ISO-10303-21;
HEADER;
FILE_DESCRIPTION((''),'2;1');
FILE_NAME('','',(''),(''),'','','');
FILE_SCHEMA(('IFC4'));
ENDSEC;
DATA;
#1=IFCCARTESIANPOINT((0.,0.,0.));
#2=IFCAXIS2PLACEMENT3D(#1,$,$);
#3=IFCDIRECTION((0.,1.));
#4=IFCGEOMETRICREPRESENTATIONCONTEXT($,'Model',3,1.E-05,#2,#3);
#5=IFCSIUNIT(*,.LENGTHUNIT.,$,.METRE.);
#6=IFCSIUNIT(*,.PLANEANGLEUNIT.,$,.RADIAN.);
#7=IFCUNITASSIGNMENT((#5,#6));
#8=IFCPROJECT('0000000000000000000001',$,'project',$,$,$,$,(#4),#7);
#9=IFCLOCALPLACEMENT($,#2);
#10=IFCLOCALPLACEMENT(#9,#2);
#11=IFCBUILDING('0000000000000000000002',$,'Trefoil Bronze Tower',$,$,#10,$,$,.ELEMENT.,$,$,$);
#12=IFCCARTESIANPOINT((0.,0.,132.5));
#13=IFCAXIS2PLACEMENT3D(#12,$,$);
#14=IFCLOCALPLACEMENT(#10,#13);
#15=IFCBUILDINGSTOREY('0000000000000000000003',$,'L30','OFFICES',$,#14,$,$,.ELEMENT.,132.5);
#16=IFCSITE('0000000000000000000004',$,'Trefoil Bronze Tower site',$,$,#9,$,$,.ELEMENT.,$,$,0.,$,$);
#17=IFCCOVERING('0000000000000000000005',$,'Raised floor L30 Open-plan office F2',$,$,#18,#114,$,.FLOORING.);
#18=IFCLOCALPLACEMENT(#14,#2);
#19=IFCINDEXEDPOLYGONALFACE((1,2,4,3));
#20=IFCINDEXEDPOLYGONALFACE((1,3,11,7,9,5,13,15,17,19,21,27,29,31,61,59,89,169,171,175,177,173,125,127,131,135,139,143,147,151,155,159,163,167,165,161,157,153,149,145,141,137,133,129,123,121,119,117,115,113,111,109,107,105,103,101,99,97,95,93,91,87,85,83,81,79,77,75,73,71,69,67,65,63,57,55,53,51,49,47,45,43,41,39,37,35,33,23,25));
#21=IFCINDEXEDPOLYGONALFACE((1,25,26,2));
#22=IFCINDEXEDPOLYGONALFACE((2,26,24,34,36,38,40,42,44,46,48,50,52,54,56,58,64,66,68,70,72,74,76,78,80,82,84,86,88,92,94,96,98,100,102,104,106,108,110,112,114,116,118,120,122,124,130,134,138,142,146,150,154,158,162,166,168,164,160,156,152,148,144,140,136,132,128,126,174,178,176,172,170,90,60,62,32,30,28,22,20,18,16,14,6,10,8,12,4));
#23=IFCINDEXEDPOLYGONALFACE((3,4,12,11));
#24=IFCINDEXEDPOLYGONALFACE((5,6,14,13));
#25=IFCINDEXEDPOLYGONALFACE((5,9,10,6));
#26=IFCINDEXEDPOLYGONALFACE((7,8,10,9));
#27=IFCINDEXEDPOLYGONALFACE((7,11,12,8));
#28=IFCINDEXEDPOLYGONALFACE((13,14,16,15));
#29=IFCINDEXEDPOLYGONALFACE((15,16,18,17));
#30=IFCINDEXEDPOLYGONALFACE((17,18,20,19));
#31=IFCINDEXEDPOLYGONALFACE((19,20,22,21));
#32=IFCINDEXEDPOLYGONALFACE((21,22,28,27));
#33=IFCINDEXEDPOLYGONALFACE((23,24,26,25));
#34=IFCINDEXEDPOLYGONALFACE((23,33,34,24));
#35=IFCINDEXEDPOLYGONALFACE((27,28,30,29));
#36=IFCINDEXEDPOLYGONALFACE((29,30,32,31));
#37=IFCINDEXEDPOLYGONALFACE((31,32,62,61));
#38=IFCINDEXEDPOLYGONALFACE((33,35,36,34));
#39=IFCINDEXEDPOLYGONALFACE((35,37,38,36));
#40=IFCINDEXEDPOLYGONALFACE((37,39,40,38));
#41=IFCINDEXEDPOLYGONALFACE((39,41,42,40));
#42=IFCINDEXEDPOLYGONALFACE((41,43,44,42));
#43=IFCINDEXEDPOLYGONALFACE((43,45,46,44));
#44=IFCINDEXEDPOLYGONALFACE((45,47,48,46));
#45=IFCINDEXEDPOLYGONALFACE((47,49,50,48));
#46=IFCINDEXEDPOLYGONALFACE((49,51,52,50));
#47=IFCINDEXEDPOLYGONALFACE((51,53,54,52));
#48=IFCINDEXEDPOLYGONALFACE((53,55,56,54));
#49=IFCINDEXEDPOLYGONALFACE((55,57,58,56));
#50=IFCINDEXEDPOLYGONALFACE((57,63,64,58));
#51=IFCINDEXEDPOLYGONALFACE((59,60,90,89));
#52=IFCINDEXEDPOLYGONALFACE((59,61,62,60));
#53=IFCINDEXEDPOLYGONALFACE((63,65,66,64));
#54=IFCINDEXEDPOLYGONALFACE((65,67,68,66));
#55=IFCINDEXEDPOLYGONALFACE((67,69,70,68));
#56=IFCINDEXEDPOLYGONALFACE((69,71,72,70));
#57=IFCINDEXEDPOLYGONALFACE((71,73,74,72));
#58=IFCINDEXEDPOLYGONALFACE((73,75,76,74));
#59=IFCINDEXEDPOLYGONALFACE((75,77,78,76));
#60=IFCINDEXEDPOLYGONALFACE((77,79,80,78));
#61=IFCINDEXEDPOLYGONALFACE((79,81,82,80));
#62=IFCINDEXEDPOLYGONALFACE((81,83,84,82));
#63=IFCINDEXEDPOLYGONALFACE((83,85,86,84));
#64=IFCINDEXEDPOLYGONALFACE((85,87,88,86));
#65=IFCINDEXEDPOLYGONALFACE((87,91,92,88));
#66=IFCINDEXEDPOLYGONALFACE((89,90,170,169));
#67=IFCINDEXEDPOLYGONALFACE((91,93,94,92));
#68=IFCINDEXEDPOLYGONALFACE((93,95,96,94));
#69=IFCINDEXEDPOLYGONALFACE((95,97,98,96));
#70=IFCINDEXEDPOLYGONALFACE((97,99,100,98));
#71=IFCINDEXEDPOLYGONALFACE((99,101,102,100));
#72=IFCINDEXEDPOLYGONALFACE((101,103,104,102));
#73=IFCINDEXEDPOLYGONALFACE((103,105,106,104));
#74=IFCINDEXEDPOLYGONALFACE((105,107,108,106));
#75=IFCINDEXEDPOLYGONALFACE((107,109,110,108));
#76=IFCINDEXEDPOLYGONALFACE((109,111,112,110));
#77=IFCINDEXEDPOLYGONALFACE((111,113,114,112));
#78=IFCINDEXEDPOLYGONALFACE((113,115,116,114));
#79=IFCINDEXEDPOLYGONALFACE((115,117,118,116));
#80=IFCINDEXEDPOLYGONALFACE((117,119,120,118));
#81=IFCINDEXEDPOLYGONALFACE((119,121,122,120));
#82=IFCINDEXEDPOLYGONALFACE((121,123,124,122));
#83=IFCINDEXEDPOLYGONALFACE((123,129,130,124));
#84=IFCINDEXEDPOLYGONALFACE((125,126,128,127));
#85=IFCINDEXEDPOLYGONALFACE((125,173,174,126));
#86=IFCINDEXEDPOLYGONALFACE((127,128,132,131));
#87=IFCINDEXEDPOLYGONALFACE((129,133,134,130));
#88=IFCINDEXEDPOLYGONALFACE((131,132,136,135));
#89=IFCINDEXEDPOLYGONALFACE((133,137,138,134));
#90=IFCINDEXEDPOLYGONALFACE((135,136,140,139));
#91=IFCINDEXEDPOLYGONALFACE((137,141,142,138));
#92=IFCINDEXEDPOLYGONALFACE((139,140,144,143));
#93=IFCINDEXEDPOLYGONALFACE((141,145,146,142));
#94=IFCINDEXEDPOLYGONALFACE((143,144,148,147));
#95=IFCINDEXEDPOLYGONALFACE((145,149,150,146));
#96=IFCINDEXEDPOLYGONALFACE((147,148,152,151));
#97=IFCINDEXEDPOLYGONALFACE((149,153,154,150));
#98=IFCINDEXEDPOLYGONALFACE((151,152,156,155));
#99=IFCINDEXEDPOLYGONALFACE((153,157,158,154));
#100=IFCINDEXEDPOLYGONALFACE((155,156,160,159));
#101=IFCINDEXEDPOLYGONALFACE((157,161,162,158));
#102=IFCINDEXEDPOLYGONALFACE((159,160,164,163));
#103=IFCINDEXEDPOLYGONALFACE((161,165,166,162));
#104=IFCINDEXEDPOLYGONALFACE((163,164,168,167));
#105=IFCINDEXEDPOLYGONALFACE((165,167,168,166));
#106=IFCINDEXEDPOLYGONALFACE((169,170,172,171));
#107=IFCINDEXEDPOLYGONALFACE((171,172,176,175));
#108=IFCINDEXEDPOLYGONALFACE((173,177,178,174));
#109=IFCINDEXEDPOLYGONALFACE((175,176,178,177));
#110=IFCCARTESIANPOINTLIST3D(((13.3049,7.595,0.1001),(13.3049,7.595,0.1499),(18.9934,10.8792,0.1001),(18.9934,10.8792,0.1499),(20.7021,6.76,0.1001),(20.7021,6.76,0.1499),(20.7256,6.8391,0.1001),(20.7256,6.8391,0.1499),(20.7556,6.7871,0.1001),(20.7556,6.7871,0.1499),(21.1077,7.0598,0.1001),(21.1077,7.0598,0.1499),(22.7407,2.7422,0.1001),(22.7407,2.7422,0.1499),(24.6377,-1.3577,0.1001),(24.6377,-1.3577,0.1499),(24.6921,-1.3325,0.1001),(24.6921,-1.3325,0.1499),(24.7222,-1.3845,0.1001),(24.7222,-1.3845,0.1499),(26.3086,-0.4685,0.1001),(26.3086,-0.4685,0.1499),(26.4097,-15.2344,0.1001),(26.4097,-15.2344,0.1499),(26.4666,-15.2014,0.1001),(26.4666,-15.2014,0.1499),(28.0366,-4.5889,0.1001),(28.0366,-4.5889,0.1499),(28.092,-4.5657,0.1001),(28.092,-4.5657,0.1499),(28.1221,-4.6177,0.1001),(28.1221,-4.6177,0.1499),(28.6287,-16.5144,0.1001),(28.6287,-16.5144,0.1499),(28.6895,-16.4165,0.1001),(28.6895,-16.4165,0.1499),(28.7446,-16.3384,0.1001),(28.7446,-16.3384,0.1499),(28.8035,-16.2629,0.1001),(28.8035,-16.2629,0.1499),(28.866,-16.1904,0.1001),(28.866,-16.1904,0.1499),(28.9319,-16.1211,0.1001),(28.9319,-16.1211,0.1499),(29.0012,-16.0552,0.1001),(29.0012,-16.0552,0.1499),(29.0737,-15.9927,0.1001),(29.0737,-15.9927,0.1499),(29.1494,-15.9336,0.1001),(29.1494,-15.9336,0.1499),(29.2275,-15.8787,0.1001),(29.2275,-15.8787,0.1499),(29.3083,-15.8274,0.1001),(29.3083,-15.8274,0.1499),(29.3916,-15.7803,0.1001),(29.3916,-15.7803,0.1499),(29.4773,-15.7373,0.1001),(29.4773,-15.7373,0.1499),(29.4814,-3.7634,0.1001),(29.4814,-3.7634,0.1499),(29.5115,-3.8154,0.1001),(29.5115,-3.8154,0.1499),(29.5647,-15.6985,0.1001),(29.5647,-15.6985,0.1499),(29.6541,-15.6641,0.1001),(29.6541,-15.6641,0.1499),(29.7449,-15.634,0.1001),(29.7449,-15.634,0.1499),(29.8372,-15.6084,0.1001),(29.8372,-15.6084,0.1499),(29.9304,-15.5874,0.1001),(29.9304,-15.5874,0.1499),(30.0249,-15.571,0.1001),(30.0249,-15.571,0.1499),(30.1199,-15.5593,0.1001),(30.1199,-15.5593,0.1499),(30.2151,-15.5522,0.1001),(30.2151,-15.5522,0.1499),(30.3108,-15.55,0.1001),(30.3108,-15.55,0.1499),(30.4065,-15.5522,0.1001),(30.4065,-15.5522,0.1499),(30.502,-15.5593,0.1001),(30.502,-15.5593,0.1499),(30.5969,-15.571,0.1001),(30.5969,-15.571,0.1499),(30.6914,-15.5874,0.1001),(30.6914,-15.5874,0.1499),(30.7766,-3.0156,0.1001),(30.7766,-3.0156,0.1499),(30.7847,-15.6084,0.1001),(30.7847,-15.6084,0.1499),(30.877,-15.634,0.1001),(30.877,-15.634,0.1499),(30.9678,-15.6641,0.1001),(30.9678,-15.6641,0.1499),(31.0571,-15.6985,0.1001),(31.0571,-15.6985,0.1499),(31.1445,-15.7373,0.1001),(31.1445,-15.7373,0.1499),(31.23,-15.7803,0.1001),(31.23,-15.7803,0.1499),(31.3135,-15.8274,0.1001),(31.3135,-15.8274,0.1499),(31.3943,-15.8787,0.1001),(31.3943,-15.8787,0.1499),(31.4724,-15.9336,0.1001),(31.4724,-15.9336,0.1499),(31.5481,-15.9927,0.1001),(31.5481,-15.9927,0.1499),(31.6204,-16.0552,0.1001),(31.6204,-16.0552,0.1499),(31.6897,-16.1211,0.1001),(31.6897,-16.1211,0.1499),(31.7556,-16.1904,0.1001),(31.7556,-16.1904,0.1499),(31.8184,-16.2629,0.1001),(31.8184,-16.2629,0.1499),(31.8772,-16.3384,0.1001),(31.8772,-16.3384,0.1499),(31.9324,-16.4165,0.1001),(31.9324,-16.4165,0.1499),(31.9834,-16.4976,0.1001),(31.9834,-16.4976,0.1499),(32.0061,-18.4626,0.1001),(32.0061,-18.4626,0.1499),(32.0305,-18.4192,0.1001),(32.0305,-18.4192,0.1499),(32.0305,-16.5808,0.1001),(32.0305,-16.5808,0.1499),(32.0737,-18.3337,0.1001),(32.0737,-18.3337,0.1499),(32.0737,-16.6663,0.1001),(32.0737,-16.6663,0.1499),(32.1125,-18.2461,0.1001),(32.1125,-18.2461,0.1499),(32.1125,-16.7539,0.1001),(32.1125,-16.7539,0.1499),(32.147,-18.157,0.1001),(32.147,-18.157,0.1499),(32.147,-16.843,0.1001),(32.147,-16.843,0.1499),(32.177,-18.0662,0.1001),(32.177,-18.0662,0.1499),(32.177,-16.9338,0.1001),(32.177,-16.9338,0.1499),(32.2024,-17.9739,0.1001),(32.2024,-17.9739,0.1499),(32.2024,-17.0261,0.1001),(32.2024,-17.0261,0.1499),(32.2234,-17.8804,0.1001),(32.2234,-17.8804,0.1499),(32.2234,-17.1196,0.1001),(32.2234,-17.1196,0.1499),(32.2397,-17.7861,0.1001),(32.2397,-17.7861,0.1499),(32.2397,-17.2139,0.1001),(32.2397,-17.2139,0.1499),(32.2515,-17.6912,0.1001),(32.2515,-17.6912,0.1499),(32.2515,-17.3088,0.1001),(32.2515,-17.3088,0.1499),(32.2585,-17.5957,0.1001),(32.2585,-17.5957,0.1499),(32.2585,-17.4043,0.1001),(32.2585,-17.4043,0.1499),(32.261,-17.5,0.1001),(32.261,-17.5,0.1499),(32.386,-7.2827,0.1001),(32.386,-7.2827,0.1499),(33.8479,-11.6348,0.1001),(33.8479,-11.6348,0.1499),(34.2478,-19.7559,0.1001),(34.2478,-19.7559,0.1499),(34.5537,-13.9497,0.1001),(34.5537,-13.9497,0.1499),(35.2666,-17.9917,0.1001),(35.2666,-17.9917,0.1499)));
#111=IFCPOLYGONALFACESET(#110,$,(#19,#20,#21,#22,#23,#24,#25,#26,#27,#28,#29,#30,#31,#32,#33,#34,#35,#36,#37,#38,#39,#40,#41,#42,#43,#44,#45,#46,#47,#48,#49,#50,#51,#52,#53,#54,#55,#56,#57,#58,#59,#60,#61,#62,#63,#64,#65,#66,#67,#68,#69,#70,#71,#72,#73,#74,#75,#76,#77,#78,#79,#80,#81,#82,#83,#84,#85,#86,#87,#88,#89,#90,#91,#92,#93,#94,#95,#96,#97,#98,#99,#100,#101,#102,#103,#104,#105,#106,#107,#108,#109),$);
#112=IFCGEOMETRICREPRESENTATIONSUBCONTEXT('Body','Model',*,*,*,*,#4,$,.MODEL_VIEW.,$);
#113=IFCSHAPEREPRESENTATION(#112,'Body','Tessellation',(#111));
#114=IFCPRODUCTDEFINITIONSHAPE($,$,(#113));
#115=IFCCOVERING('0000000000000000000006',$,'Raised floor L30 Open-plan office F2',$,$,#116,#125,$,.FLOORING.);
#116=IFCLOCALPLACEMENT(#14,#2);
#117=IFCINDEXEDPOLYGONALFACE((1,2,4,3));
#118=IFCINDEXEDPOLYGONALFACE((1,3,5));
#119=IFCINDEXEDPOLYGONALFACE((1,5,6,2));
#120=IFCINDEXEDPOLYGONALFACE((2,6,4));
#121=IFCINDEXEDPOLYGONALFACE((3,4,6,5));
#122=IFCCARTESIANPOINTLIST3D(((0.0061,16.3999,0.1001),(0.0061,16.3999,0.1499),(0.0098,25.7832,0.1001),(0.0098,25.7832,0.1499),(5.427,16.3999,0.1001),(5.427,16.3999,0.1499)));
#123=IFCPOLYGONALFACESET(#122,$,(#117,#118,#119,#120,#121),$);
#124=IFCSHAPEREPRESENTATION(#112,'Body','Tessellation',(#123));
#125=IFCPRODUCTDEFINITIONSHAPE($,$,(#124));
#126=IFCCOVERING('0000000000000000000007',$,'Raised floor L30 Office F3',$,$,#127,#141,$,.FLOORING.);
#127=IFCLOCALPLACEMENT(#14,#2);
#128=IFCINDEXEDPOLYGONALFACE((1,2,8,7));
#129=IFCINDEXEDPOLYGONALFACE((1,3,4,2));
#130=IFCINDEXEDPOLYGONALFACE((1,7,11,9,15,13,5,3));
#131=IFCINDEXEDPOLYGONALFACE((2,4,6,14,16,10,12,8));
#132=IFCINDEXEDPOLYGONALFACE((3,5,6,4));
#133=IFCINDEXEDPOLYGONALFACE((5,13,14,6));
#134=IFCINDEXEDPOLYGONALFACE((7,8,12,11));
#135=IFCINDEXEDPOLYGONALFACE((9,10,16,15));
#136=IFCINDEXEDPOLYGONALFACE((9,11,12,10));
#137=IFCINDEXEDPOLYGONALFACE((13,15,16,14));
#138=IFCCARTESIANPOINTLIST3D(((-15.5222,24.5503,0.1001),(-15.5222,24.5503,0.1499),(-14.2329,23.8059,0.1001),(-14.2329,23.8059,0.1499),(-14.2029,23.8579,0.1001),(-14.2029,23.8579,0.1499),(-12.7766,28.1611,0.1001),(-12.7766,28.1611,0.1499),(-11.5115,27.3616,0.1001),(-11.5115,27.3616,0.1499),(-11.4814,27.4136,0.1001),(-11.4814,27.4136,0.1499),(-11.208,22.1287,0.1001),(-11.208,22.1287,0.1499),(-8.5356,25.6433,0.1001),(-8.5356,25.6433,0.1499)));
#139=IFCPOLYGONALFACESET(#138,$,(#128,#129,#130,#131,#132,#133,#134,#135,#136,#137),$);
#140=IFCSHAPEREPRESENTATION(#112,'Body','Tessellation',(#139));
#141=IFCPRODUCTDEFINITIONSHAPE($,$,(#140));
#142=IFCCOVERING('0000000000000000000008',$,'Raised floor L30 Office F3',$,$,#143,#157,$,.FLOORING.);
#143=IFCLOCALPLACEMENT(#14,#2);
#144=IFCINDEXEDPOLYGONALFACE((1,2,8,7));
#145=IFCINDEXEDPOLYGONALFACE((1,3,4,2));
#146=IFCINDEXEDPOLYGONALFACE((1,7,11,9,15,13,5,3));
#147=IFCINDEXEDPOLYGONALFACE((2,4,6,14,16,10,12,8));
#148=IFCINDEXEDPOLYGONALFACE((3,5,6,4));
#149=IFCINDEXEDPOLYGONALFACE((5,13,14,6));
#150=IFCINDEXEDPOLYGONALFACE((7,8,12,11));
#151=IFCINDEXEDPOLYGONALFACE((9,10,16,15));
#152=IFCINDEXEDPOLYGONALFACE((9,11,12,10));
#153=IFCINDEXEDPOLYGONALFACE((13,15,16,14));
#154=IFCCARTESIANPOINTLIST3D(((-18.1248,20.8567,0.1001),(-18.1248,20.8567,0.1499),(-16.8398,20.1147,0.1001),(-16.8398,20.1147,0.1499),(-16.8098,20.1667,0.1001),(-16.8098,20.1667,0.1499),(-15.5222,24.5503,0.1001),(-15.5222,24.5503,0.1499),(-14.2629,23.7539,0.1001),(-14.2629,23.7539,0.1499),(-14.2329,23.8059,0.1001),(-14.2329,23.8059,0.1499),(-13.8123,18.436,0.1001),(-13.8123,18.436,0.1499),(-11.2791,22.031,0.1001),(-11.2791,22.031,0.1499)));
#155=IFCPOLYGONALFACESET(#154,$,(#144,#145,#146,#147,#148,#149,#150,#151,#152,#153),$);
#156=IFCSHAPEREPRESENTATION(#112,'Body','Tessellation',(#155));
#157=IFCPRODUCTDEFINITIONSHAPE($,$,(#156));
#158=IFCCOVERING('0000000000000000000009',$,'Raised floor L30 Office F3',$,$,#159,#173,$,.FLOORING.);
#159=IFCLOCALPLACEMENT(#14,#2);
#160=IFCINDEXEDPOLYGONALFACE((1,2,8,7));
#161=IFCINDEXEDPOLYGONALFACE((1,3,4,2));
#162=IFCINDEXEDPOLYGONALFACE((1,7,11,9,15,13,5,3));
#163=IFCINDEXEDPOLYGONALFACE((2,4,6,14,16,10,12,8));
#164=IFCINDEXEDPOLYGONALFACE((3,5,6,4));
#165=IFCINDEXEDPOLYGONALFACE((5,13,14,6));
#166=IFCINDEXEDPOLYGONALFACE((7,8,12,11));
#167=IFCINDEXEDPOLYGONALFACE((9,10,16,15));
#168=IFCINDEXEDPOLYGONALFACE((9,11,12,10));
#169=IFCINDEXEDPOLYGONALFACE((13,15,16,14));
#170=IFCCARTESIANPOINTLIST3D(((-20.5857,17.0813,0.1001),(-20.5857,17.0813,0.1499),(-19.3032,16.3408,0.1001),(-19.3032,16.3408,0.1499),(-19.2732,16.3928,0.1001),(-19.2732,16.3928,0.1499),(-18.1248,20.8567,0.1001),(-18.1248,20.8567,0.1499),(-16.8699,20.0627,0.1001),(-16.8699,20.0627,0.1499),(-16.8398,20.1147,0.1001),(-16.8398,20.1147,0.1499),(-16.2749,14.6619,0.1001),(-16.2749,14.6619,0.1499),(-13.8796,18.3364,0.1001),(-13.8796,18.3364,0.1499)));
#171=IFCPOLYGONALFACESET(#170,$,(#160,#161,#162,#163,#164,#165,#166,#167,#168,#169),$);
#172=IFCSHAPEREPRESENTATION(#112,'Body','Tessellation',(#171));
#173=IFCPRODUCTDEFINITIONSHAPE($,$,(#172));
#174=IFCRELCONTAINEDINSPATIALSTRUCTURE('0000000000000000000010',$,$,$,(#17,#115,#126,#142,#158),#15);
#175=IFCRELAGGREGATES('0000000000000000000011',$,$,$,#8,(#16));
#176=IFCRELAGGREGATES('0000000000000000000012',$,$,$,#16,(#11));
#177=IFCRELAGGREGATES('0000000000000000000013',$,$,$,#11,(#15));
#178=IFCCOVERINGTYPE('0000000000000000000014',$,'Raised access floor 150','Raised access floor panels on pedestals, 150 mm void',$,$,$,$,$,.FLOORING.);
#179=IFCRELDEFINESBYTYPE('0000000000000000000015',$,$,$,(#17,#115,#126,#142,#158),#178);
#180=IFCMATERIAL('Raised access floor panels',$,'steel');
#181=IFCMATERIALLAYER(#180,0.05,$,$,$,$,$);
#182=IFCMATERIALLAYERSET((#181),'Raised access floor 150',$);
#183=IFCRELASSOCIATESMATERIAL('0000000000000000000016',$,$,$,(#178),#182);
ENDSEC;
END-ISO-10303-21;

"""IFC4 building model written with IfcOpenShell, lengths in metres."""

from ifc_helpers import new_model, si_unit, direction, frame, origin, place, context, subcontext, project, spatial, polyline, outline, extrude, material, layer, layer_set, type_object, element, save


model = new_model("IFC4")

# Units and contexts
model_context = context("Model", 3, precision=1e-05, world=origin(), true_north=direction((0.0, 1.0)))
body_context = subcontext(model_context, "Body", "Model", "MODEL_VIEW")
ifc_project = project(units=[si_unit("LENGTHUNIT", "METRE"), si_unit("PLANEANGLEUNIT", "RADIAN")], contexts=[model_context])

# Site, building, storey
site_placement = place(None, origin())
site = spatial("IfcSite", under=ifc_project, at=site_placement, Name="Trefoil Bronze Tower site", CompositionType="ELEMENT", RefElevation=0.0)
building_placement = place(site_placement, origin())
building = spatial("IfcBuilding", under=site, at=building_placement, Name="Trefoil Bronze Tower", CompositionType="ELEMENT")
storey_placement = place(building_placement, frame((0.0, 0.0, 132.5)))
storey = spatial("IfcBuildingStorey", under=building, at=storey_placement, Name="L30", Description="OFFICES", CompositionType="ELEMENT", Elevation=132.5)

# Coverings
ifc_material_1 = material(Name="Raised access floor panels", Category="steel")
ifc_layer_1 = layer(ifc_material_1, 0.05)
ifc_layer_set_1 = layer_set([ifc_layer_1], Name="Raised access floor 150")
covering_type_1 = type_object("IfcCoveringType", Name="Raised access floor 150", Description="Raised access floor panels on pedestals, 150 mm void", PredefinedType="FLOORING", material=ifc_layer_set_1)
covering_1_placement = place(storey_placement, frame((0.0, 0.0, 0.1001)))
element("IfcCovering", 1, at=covering_1_placement, inside=storey, type_object=covering_type_1, Name="Raised floor L30 Open-plan office F2", PredefinedType="FLOORING", context=body_context, shape_type="SweptSolid", body=[
    extrude(outline(polyline([(26.4097, -15.2344), (26.4666, -15.2014), (13.3049, 7.595), (18.9934, 10.8792), (21.1077, 7.0598), (20.7256, 6.8391), (20.7556, 6.7871), (20.7021, 6.76), (22.7407, 2.7422), (24.6377, -1.3577), (24.6921, -1.3325), (24.7222, -1.3845), (26.3086, -0.4685), (28.0366, -4.5889), (28.092, -4.5657), (28.1221, -4.6177), (29.5115, -3.8154), (29.4814, -3.7634), (30.7766, -3.0156), (32.386, -7.2827), (33.8479, -11.6348), (34.5537, -13.9497), (35.2666, -17.9917), (34.2478, -19.7559), (32.0061, -18.4626), (32.0305, -18.4192), (32.0737, -18.3337), (32.1125, -18.2461), (32.147, -18.157), (32.177, -18.0662), (32.2024, -17.9739), (32.2234, -17.8804), (32.2397, -17.7861), (32.2515, -17.6912), (32.2585, -17.5957), (32.261, -17.5), (32.2585, -17.4043), (32.2515, -17.3088), (32.2397, -17.2139), (32.2234, -17.1196), (32.2024, -17.0261), (32.177, -16.9338), (32.147, -16.843), (32.1125, -16.7539), (32.0737, -16.6663), (32.0305, -16.5808), (31.9834, -16.4976), (31.9324, -16.4165), (31.8772, -16.3384), (31.8184, -16.2629), (31.7556, -16.1904), (31.6897, -16.1211), (31.6204, -16.0552), (31.5481, -15.9927), (31.4724, -15.9336), (31.3943, -15.8787), (31.3135, -15.8274), (31.23, -15.7803), (31.1445, -15.7373), (31.0571, -15.6985), (30.9678, -15.6641), (30.877, -15.634), (30.7847, -15.6084), (30.6914, -15.5874), (30.5969, -15.571), (30.502, -15.5593), (30.4065, -15.5522), (30.3108, -15.55), (30.2151, -15.5522), (30.1199, -15.5593), (30.0249, -15.571), (29.9304, -15.5874), (29.8372, -15.6084), (29.7449, -15.634), (29.6541, -15.6641), (29.5647, -15.6985), (29.4773, -15.7373), (29.3916, -15.7803), (29.3083, -15.8274), (29.2275, -15.8787), (29.1494, -15.9336), (29.0737, -15.9927), (29.0012, -16.0552), (28.9319, -16.1211), (28.866, -16.1904), (28.8035, -16.2629), (28.7446, -16.3384), (28.6895, -16.4165), (28.6287, -16.5144), (26.4097, -15.2344)])), origin(), (0.0, 0.0, 1.0), 0.0498),
])
covering_2_placement = place(storey_placement, frame((0.0, 0.0, 0.1001)))
element("IfcCovering", 2, at=covering_2_placement, inside=storey, type_object=covering_type_1, Name="Raised floor L30 Open-plan office F2", PredefinedType="FLOORING", context=body_context, shape_type="SweptSolid", body=[
    extrude(outline(polyline([(0.0061, 16.3999), (0.0098, 25.7832), (5.427, 16.3999), (0.0061, 16.3999)])), origin(), (0.0, 0.0, 1.0), 0.0498),
])
covering_3_placement = place(storey_placement, frame((0.0, 0.0, 0.1001)))
element("IfcCovering", 3, at=covering_3_placement, inside=storey, type_object=covering_type_1, Name="Raised floor L30 Office F3", PredefinedType="FLOORING", context=body_context, shape_type="SweptSolid", body=[
    extrude(outline(polyline([(-15.5222, 24.5503), (-12.7766, 28.1611), (-11.4814, 27.4136), (-11.5115, 27.3616), (-8.5356, 25.6433), (-11.208, 22.1287), (-14.2029, 23.8579), (-14.2329, 23.8059), (-15.5222, 24.5503)])), origin(), (0.0, 0.0, 1.0), 0.0498),
])
covering_4_placement = place(storey_placement, frame((0.0, 0.0, 0.1001)))
element("IfcCovering", 4, at=covering_4_placement, inside=storey, type_object=covering_type_1, Name="Raised floor L30 Office F3", PredefinedType="FLOORING", context=body_context, shape_type="SweptSolid", body=[
    extrude(outline(polyline([(-15.5222, 24.5503), (-14.2329, 23.8059), (-14.2629, 23.7539), (-11.2791, 22.031), (-13.8123, 18.436), (-16.8098, 20.1667), (-16.8398, 20.1147), (-18.1248, 20.8567), (-15.5222, 24.5503)])), origin(), (0.0, 0.0, 1.0), 0.0498),
])
covering_5_placement = place(storey_placement, frame((0.0, 0.0, 0.1001)))
element("IfcCovering", 5, at=covering_5_placement, inside=storey, type_object=covering_type_1, Name="Raised floor L30 Office F3", PredefinedType="FLOORING", context=body_context, shape_type="SweptSolid", body=[
    extrude(outline(polyline([(-18.1248, 20.8567), (-16.8398, 20.1147), (-16.8699, 20.0627), (-13.8796, 18.3364), (-16.2749, 14.6619), (-19.2732, 16.3928), (-19.3032, 16.3408), (-20.5857, 17.0813), (-18.1248, 20.8567)])), origin(), (0.0, 0.0, 1.0), 0.0498),
])

save(model, "model.ifc")
